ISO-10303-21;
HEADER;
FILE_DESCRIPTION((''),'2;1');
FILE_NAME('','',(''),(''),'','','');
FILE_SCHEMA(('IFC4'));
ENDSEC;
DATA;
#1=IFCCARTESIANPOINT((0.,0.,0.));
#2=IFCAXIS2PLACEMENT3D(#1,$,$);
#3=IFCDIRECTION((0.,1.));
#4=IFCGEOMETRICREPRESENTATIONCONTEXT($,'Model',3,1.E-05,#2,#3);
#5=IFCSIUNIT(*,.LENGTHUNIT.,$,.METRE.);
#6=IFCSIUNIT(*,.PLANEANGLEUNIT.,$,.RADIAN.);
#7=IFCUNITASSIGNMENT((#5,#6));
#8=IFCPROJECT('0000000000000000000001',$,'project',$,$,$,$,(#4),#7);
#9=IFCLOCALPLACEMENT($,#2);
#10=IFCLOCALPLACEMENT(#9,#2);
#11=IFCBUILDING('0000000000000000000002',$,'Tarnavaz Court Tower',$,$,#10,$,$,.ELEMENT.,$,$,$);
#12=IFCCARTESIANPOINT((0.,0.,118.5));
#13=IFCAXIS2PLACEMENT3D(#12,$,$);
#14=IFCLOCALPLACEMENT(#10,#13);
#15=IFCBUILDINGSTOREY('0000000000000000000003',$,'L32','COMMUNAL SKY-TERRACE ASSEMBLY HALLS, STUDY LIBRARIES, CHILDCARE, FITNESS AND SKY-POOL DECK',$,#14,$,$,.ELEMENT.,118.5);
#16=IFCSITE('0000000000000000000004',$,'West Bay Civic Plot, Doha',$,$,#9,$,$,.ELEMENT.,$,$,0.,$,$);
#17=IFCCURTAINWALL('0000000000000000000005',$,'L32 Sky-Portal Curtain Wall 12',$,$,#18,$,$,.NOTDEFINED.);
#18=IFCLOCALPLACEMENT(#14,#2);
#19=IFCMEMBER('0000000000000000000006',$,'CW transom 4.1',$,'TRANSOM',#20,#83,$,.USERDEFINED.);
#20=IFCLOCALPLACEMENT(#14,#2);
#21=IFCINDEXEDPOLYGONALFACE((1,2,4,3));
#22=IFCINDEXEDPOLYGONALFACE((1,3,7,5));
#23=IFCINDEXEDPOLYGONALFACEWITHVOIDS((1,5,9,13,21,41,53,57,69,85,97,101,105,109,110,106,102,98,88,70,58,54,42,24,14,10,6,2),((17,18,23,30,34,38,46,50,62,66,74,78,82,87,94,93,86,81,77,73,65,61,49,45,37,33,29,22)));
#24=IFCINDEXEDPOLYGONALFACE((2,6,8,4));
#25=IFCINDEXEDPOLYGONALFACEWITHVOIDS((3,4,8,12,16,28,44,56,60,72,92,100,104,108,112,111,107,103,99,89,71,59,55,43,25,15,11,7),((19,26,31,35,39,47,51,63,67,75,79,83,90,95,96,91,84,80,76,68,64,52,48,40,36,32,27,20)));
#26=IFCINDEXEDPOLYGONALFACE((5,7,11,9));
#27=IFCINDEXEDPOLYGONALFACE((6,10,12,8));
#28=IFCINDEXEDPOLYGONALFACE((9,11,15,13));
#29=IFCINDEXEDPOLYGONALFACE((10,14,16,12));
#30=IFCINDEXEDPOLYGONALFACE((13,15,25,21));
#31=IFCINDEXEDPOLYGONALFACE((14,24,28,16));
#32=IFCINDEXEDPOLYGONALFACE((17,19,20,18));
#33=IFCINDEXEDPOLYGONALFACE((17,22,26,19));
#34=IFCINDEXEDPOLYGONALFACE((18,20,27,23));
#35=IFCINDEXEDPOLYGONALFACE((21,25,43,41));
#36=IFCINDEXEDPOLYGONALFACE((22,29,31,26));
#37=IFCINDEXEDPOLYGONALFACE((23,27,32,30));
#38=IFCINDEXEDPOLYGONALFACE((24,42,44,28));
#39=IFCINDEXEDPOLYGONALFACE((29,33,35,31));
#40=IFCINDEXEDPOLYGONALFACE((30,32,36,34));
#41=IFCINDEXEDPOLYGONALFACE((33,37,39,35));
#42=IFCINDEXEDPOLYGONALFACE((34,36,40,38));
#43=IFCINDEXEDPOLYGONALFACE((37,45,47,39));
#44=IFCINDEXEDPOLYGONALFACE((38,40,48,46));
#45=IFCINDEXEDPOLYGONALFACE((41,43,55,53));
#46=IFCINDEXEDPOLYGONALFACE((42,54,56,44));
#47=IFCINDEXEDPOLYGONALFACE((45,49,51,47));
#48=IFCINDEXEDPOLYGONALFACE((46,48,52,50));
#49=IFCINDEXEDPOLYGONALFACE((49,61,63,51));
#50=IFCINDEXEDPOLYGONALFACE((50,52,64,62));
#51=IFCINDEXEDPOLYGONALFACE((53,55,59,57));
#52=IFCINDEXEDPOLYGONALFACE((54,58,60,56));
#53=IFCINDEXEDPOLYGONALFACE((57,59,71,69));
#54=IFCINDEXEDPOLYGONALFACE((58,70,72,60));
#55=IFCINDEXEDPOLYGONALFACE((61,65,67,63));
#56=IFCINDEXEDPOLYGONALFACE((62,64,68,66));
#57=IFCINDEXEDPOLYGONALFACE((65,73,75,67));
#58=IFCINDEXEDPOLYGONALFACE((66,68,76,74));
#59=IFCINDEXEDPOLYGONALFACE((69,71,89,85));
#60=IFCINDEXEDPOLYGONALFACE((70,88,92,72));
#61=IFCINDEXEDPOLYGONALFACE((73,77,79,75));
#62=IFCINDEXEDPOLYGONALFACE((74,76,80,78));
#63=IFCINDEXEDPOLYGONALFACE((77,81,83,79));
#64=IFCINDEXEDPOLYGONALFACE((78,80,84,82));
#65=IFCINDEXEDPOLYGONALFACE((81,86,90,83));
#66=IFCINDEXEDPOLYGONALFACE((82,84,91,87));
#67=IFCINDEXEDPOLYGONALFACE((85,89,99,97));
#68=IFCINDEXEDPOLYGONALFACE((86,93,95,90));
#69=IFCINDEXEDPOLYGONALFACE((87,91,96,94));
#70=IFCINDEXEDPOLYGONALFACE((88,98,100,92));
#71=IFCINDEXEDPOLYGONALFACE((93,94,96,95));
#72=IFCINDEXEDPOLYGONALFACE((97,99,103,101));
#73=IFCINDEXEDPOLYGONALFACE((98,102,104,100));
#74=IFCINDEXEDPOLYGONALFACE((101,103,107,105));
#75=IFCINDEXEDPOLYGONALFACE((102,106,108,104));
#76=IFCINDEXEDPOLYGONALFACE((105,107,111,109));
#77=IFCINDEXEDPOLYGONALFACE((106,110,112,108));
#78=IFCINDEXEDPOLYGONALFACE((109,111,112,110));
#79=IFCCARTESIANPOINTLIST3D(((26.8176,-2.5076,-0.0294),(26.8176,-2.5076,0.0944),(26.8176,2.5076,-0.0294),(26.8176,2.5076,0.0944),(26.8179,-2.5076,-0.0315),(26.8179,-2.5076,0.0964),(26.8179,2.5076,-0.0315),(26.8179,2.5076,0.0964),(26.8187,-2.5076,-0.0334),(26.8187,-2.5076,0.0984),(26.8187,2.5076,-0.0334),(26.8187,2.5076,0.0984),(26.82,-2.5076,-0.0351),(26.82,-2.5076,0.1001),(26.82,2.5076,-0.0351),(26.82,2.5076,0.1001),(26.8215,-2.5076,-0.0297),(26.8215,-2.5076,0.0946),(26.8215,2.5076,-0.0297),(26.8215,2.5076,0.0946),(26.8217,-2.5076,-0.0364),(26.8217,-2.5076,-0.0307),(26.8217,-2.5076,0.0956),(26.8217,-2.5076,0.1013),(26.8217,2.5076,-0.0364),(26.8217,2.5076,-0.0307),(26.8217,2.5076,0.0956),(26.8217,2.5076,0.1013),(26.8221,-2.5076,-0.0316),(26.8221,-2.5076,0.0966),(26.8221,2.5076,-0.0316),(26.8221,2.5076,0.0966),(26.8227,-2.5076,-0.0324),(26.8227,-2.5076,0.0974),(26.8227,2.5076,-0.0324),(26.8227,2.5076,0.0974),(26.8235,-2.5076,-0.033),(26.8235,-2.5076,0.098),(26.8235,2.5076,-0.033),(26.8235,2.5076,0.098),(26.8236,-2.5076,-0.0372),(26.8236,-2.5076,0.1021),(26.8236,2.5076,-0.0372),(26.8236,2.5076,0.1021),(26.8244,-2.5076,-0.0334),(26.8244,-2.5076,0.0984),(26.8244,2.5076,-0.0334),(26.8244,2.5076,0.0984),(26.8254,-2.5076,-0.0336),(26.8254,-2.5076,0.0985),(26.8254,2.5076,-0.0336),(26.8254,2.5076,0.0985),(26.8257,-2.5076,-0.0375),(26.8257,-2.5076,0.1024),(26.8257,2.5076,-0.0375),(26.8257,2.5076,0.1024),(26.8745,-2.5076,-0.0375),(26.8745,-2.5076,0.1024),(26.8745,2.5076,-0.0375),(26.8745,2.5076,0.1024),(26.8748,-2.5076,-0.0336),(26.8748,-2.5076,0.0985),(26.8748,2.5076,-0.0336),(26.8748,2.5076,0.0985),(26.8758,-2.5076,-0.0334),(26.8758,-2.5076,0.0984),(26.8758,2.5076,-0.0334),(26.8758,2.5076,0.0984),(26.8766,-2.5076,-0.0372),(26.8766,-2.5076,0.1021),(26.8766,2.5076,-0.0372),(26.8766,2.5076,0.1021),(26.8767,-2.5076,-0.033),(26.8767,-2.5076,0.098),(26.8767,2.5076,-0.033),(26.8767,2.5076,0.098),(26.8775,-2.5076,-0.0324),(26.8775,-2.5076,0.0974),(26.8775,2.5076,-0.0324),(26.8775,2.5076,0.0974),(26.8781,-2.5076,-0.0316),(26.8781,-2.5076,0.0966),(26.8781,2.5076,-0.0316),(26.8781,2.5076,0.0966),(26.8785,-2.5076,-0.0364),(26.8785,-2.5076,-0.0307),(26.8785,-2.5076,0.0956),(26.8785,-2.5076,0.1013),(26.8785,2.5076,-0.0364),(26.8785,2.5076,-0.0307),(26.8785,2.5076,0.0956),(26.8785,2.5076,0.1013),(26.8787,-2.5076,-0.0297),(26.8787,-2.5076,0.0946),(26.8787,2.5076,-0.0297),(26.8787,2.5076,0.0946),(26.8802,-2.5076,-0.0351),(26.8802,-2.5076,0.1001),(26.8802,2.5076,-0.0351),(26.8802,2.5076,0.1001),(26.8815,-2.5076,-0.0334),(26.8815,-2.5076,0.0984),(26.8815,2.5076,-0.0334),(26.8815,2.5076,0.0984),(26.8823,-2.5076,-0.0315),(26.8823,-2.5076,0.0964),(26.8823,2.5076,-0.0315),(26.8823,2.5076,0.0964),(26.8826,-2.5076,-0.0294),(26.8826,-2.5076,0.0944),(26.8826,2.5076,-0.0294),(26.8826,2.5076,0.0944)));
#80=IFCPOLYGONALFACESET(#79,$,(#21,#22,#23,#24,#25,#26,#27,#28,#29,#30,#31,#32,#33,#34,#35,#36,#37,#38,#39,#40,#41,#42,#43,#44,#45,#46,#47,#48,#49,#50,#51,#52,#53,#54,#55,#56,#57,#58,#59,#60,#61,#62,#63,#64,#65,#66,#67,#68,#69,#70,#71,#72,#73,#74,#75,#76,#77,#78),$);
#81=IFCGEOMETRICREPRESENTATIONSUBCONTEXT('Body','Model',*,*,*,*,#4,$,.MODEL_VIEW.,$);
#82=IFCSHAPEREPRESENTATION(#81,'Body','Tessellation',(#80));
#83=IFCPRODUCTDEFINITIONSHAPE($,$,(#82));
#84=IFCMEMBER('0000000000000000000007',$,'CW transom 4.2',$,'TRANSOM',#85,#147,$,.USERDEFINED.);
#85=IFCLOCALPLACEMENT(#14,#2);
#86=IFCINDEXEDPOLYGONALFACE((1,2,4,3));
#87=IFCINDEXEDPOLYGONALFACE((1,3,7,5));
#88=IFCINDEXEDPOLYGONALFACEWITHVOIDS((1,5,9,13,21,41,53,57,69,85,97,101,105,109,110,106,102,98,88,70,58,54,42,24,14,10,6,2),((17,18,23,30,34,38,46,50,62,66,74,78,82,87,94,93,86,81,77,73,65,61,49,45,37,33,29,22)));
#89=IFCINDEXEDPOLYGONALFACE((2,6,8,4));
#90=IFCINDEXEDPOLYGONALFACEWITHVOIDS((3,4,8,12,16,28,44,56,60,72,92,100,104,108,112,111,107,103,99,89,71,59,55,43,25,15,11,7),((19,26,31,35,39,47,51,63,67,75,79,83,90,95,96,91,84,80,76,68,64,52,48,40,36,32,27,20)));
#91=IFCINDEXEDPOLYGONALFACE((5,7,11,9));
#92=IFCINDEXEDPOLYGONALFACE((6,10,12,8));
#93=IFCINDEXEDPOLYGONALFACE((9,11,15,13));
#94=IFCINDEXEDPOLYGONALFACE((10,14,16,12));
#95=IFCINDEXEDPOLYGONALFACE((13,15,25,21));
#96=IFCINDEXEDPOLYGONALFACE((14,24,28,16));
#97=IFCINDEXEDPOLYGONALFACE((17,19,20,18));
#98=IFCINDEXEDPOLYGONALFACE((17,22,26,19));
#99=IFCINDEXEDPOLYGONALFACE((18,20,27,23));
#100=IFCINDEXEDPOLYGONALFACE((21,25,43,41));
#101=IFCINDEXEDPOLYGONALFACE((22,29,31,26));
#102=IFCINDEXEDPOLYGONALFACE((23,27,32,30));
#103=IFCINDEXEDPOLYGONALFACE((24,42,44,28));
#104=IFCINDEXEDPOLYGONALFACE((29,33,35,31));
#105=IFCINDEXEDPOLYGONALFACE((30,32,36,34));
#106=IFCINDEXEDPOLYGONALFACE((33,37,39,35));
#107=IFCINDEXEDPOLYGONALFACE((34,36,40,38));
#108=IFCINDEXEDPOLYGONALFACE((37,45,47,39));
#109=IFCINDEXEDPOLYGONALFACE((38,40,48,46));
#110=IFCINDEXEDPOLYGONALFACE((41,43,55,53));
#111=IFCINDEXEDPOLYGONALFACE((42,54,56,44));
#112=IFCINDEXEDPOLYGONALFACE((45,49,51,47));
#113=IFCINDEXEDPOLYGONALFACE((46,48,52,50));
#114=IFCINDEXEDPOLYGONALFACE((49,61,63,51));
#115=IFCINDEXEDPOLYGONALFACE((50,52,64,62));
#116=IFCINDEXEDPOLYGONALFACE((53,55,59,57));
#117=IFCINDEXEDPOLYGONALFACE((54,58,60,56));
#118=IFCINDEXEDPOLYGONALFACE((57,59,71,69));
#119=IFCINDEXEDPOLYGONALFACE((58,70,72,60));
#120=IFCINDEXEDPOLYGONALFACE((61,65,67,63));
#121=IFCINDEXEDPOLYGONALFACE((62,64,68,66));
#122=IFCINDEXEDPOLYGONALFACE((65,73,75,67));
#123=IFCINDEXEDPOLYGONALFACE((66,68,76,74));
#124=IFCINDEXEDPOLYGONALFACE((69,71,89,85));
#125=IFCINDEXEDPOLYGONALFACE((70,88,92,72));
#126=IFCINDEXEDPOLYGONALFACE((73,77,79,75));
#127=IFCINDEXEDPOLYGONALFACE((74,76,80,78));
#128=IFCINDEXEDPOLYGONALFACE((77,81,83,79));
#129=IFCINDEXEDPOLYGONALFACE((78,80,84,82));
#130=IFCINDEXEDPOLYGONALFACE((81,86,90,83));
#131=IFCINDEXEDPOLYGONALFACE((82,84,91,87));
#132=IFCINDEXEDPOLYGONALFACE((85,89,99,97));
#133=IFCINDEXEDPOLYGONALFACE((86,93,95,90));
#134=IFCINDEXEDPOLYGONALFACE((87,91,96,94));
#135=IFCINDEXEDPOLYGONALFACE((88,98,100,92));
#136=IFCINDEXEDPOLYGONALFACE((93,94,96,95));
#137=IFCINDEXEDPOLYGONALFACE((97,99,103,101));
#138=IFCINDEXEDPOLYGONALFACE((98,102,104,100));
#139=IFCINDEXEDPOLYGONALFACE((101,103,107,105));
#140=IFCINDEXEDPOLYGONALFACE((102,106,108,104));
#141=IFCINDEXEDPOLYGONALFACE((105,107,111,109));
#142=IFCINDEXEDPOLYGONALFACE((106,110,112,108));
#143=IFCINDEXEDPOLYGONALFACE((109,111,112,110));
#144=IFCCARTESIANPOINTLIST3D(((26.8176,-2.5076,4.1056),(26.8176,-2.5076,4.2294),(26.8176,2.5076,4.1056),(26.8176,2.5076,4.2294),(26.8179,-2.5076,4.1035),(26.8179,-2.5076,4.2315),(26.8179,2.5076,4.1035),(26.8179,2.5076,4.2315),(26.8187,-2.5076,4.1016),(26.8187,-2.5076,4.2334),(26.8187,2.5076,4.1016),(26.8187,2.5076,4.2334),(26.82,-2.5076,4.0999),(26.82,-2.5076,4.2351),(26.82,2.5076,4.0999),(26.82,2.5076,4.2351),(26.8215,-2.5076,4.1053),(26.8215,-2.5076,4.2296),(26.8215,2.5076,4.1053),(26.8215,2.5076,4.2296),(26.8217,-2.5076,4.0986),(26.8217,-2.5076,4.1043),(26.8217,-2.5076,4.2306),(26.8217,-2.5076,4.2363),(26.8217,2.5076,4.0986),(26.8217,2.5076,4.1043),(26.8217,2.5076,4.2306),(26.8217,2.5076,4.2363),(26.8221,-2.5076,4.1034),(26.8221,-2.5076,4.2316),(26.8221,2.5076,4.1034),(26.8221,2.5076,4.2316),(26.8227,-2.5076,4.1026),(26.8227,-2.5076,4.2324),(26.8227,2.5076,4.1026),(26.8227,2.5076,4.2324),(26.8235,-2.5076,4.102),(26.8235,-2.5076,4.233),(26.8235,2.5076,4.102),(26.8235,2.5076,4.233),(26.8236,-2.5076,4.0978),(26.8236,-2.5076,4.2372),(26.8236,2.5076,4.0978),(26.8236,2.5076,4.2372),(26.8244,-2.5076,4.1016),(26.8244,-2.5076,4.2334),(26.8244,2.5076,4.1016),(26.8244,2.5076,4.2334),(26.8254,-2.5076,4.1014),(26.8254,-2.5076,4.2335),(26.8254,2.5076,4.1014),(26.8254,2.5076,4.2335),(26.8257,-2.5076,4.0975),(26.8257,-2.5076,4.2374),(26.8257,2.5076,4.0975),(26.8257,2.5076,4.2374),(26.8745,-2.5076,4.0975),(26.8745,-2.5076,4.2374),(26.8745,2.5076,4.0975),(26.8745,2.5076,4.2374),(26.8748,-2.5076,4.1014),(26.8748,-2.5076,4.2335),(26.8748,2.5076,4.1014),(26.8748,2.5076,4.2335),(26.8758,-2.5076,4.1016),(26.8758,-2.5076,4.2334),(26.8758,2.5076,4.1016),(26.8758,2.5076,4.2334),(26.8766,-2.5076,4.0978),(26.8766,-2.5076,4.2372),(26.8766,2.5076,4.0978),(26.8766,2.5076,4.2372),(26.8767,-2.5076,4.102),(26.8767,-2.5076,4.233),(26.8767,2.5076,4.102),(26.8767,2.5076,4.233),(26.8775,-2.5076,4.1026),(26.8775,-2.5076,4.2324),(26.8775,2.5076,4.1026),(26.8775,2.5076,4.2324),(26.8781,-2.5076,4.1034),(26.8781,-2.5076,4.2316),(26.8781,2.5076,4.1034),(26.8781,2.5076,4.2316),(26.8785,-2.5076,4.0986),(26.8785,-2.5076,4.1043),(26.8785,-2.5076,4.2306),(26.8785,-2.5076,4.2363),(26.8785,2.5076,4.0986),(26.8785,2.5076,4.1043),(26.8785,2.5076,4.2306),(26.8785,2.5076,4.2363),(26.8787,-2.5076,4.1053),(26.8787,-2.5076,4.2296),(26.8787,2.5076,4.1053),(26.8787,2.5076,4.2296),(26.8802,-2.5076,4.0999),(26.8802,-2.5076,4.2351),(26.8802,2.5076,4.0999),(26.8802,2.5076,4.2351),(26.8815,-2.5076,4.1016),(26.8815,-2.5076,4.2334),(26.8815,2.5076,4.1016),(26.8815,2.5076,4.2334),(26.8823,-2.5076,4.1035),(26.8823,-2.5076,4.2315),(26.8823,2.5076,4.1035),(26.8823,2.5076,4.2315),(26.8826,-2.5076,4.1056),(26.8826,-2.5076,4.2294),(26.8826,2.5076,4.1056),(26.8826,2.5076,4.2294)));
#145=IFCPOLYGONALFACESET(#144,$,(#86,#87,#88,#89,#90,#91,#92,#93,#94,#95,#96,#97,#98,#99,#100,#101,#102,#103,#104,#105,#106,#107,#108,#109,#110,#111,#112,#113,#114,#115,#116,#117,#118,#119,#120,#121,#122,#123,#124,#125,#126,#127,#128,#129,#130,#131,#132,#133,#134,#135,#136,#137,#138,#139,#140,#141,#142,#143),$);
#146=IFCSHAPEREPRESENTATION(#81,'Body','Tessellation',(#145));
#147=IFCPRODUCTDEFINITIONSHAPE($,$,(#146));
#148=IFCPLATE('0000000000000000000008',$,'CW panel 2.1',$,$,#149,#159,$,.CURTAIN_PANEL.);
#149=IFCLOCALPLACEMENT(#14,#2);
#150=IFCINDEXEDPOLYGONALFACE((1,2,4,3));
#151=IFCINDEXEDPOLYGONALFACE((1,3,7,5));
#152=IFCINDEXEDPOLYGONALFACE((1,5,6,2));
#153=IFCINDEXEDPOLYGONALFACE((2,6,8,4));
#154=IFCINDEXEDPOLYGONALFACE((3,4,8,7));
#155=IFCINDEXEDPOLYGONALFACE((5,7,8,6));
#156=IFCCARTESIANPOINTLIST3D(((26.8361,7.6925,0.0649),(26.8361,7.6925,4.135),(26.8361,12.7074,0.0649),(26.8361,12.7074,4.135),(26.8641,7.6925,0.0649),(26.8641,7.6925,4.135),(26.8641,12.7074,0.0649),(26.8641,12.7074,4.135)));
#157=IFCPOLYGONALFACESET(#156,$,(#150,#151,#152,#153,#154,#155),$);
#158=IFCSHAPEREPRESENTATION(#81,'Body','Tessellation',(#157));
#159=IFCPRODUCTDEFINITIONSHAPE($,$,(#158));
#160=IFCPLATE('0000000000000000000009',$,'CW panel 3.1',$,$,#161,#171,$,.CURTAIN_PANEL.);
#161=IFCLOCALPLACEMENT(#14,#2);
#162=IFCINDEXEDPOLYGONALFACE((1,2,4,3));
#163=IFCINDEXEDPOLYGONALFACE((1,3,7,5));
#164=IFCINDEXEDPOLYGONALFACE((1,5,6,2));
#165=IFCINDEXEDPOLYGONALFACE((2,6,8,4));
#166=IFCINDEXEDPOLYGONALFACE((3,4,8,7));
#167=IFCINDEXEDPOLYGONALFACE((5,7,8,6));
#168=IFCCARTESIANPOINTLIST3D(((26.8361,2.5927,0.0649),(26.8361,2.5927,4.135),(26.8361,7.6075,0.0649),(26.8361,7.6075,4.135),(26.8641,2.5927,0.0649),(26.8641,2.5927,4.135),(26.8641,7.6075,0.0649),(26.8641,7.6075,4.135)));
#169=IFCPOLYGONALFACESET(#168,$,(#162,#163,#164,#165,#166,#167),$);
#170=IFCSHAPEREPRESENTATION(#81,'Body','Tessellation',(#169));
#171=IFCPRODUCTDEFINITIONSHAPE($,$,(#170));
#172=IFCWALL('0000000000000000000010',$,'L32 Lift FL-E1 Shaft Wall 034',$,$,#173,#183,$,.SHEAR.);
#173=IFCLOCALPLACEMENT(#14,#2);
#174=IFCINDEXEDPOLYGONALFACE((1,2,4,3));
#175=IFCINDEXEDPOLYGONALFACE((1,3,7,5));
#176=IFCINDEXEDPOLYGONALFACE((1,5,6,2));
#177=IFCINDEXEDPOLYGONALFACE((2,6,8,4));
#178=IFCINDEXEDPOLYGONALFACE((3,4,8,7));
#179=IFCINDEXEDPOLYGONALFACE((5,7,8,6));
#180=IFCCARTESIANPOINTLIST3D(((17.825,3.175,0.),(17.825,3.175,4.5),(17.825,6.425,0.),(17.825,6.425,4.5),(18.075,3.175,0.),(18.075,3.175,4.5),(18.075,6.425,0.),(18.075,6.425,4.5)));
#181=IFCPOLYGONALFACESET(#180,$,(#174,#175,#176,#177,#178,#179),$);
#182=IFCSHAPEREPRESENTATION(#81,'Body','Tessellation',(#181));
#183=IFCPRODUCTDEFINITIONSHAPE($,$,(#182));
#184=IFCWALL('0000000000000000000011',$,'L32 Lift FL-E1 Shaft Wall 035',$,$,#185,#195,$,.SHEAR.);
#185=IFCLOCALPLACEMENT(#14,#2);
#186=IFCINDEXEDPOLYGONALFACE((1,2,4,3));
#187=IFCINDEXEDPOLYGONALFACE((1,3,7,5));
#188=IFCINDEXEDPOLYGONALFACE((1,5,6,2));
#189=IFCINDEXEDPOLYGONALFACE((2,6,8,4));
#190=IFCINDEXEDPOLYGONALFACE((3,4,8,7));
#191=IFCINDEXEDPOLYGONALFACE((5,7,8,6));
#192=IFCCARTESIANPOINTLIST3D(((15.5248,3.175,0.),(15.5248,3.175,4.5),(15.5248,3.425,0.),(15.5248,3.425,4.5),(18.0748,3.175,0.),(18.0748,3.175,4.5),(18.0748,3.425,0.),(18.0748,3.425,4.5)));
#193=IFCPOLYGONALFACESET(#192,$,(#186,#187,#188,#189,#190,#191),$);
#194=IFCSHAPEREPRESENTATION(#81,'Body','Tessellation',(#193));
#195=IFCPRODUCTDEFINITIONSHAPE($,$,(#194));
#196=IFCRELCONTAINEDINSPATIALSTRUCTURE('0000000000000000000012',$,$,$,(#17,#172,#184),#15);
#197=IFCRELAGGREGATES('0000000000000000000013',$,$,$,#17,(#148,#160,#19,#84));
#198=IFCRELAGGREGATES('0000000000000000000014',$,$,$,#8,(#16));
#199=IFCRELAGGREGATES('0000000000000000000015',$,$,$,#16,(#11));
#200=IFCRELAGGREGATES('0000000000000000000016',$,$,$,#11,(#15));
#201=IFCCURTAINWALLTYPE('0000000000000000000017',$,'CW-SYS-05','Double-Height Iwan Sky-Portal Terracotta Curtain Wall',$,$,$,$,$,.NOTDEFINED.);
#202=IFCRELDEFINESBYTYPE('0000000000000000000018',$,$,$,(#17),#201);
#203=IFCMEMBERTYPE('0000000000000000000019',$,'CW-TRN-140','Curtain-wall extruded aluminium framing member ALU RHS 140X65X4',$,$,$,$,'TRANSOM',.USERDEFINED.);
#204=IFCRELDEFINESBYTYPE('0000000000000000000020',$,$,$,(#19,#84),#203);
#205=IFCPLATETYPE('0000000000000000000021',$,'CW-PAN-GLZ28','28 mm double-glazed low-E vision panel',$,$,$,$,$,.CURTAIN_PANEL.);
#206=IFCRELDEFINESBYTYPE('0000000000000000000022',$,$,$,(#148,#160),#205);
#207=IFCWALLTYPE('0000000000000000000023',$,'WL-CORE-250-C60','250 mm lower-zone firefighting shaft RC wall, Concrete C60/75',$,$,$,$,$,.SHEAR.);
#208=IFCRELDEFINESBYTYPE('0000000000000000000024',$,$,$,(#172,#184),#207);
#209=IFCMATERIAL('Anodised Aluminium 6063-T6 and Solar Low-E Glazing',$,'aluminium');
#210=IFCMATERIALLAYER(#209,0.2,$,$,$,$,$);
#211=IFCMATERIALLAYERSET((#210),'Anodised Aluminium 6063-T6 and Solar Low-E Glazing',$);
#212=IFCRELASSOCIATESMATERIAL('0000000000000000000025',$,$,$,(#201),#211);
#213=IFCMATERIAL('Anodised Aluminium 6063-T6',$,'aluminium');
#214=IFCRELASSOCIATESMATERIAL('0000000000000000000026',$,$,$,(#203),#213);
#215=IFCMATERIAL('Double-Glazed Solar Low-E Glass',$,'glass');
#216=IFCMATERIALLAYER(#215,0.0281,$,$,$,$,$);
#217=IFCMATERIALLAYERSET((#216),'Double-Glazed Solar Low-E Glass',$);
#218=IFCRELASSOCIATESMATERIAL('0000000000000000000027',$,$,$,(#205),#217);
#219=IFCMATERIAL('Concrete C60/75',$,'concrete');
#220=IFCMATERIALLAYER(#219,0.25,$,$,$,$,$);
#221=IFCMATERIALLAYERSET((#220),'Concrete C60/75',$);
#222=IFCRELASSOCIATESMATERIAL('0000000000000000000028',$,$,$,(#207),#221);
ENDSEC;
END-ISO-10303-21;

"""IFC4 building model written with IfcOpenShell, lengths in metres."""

from ifc_helpers import new_model, si_unit, direction, frame, frame_2d, origin, origin_2d, place, context, subcontext, project, spatial, rectangle, hollow_rectangle, extrude, material, layer, layer_set, material_profile, profile_set, type_object, element, aggregate, save


model = new_model("IFC4")

# Units and contexts
model_context = context("Model", 3, precision=1e-05, world=origin(), true_north=direction((0.0, 1.0)))
body_context = subcontext(model_context, "Body", "Model", "MODEL_VIEW")
ifc_project = project(units=[si_unit("LENGTHUNIT", "METRE"), si_unit("PLANEANGLEUNIT", "RADIAN")], contexts=[model_context])

# Site, building, storey
site_placement = place(None, origin())
site = spatial("IfcSite", under=ifc_project, at=site_placement, Name="West Bay Civic Plot, Doha", CompositionType="ELEMENT", RefElevation=0.0)
building_placement = place(site_placement, origin())
building = spatial("IfcBuilding", under=site, at=building_placement, Name="Tarnavaz Court Tower", CompositionType="ELEMENT")
storey_placement = place(building_placement, frame((0.0, 0.0, 118.5)))
storey = spatial("IfcBuildingStorey", under=building, at=storey_placement, Name="L32", Description="COMMUNAL SKY-TERRACE ASSEMBLY HALLS, STUDY LIBRARIES, CHILDCARE, FITNESS AND SKY-POOL DECK", CompositionType="ELEMENT", Elevation=118.5)

# Shared definitions
ifc_material_1 = material(Name="Concrete C60/75", Category="concrete")

# Curtain wall, members, plates
ifc_material_2 = material(Name="Anodised Aluminium 6063-T6 and Solar Low-E Glazing", Category="aluminium")
ifc_layer_1 = layer(ifc_material_2, 0.2)
ifc_layer_set_1 = layer_set([ifc_layer_1], Name="Anodised Aluminium 6063-T6 and Solar Low-E Glazing")
curtain_wall_type = type_object("IfcCurtainWallType", Name="CW-SYS-05", Description="Double-Height Iwan Sky-Portal Terracotta Curtain Wall", PredefinedType="NOTDEFINED", material=ifc_layer_set_1)
curtain_wall_placement = place(storey_placement, origin())
curtain_wall = element("IfcCurtainWall", 1, at=curtain_wall_placement, inside=storey, type_object=curtain_wall_type, Name="L32 Sky-Portal Curtain Wall 12", PredefinedType="NOTDEFINED")
ifc_material_3 = material(Name="Anodised Aluminium 6063-T6", Category="aluminium")
ifc_material_profile_1 = material_profile(ifc_material_3, hollow_rectangle(XDim=0.0649, YDim=0.1399, WallThickness=0.0039, InnerFilletRadius=0.0039, OuterFilletRadius=0.0081, at=origin_2d()), Name="ALU RHS 140X65X4")
ifc_profile_set_1 = profile_set([ifc_material_profile_1], Name="Anodised Aluminium 6063-T6")
member_type_1 = type_object("IfcMemberType", Name="CW-TRN-140", Description="Curtain-wall extruded aluminium framing member ALU RHS 140X65X4", ElementType="TRANSOM", PredefinedType="USERDEFINED", material=ifc_profile_set_1)
member_1_placement = place(storey_placement, frame((26.8501, 2.5076, 0.0325), z_axis=(0.0, -1.0, 0.0), x_axis=(1.0, 0.0, 0.0)))
member_1 = element("IfcMember", 2, at=member_1_placement, type_object=member_type_1, Name="CW transom 4.1", ObjectType="TRANSOM", PredefinedType="USERDEFINED", context=body_context, shape_type="SweptSolid", body=[
    extrude(hollow_rectangle(XDim=0.0649, YDim=0.1399, WallThickness=0.0039, InnerFilletRadius=0.0039, OuterFilletRadius=0.0081, at=origin_2d()), origin(), (0.0, 0.0, 1.0), 5.0151),
])
member_2_placement = place(storey_placement, frame((26.8501, 2.5076, 4.1675), z_axis=(0.0, -1.0, 0.0), x_axis=(1.0, 0.0, 0.0)))
member_2 = element("IfcMember", 3, at=member_2_placement, type_object=member_type_1, Name="CW transom 4.2", ObjectType="TRANSOM", PredefinedType="USERDEFINED", context=body_context, shape_type="SweptSolid", body=[
    extrude(hollow_rectangle(XDim=0.0649, YDim=0.1399, WallThickness=0.0039, InnerFilletRadius=0.0039, OuterFilletRadius=0.0081, at=origin_2d()), origin(), (0.0, 0.0, 1.0), 5.0151),
])
ifc_material_4 = material(Name="Double-Glazed Solar Low-E Glass", Category="glass")
ifc_layer_2 = layer(ifc_material_4, 0.0281)
ifc_layer_set_2 = layer_set([ifc_layer_2], Name="Double-Glazed Solar Low-E Glass")
plate_type = type_object("IfcPlateType", Name="CW-PAN-GLZ28", Description="28 mm double-glazed low-E vision panel", PredefinedType="CURTAIN_PANEL", material=ifc_layer_set_2)
plate_1_placement = place(storey_placement, frame((26.8501, 10.2, 0.0649), z_axis=(0.0, 0.0, 1.0), x_axis=(0.0, -1.0, 0.0)))
plate_1 = element("IfcPlate", 4, at=plate_1_placement, type_object=plate_type, Name="CW panel 2.1", PredefinedType="CURTAIN_PANEL", context=body_context, shape_type="SweptSolid", body=[
    extrude(rectangle(XDim=5.0149, YDim=0.0281, at=origin_2d()), origin(), (0.0, 0.0, 1.0), 4.0701),
])
plate_2_placement = place(storey_placement, frame((26.8501, 5.1001, 0.0649), z_axis=(0.0, 0.0, 1.0), x_axis=(0.0, -1.0, 0.0)))
plate_2 = element("IfcPlate", 5, at=plate_2_placement, type_object=plate_type, Name="CW panel 3.1", PredefinedType="CURTAIN_PANEL", context=body_context, shape_type="SweptSolid", body=[
    extrude(rectangle(XDim=5.0149, YDim=0.0281, at=origin_2d()), origin(), (0.0, 0.0, 1.0), 4.0701),
])
aggregate(curtain_wall, [plate_1, plate_2, member_1, member_2])

# Shared definitions
ifc_layer_3 = layer(ifc_material_1, 0.25)
ifc_layer_set_3 = layer_set([ifc_layer_3], Name="Concrete C60/75")
wall_type_1 = type_object("IfcWallType", Name="WL-CORE-250-C60", Description="250 mm lower-zone firefighting shaft RC wall, Concrete C60/75", PredefinedType="SHEAR", material=ifc_layer_set_3)

# Walls
wall_1_placement = place(storey_placement, frame((17.95, 3.175, 0.0), z_axis=(0.0, 0.0, 1.0), x_axis=(0.0, 1.0, 0.0)))
element("IfcWall", 6, at=wall_1_placement, inside=storey, type_object=wall_type_1, Name="L32 Lift FL-E1 Shaft Wall 034", PredefinedType="SHEAR", context=body_context, shape_type="SweptSolid", body=[
    extrude(rectangle(XDim=3.25, YDim=0.25, at=frame_2d((1.625, 0.0))), origin(), (0.0, 0.0, 1.0), 4.5),
])
for number, where, z_axis, x_axis, name in (
    (7, (15.5249, 3.3, 0.0), (0.0, 0.0, 1.0), (1.0, 0.0, 0.0), "L32 Lift FL-E1 Shaft Wall 035"),
):
    element("IfcWall", number, at=place(storey_placement, frame(where, z_axis=z_axis, x_axis=x_axis)), inside=storey, type_object=wall_type_1, Name=name, PredefinedType="SHEAR", context=body_context, shape_type="SweptSolid", body=[
        extrude(rectangle(XDim=2.55, YDim=0.25, at=frame_2d((1.2749, 0.0))), origin(), (0.0, 0.0, 1.0), 4.5),
    ])

save(model, "model.ifc")
